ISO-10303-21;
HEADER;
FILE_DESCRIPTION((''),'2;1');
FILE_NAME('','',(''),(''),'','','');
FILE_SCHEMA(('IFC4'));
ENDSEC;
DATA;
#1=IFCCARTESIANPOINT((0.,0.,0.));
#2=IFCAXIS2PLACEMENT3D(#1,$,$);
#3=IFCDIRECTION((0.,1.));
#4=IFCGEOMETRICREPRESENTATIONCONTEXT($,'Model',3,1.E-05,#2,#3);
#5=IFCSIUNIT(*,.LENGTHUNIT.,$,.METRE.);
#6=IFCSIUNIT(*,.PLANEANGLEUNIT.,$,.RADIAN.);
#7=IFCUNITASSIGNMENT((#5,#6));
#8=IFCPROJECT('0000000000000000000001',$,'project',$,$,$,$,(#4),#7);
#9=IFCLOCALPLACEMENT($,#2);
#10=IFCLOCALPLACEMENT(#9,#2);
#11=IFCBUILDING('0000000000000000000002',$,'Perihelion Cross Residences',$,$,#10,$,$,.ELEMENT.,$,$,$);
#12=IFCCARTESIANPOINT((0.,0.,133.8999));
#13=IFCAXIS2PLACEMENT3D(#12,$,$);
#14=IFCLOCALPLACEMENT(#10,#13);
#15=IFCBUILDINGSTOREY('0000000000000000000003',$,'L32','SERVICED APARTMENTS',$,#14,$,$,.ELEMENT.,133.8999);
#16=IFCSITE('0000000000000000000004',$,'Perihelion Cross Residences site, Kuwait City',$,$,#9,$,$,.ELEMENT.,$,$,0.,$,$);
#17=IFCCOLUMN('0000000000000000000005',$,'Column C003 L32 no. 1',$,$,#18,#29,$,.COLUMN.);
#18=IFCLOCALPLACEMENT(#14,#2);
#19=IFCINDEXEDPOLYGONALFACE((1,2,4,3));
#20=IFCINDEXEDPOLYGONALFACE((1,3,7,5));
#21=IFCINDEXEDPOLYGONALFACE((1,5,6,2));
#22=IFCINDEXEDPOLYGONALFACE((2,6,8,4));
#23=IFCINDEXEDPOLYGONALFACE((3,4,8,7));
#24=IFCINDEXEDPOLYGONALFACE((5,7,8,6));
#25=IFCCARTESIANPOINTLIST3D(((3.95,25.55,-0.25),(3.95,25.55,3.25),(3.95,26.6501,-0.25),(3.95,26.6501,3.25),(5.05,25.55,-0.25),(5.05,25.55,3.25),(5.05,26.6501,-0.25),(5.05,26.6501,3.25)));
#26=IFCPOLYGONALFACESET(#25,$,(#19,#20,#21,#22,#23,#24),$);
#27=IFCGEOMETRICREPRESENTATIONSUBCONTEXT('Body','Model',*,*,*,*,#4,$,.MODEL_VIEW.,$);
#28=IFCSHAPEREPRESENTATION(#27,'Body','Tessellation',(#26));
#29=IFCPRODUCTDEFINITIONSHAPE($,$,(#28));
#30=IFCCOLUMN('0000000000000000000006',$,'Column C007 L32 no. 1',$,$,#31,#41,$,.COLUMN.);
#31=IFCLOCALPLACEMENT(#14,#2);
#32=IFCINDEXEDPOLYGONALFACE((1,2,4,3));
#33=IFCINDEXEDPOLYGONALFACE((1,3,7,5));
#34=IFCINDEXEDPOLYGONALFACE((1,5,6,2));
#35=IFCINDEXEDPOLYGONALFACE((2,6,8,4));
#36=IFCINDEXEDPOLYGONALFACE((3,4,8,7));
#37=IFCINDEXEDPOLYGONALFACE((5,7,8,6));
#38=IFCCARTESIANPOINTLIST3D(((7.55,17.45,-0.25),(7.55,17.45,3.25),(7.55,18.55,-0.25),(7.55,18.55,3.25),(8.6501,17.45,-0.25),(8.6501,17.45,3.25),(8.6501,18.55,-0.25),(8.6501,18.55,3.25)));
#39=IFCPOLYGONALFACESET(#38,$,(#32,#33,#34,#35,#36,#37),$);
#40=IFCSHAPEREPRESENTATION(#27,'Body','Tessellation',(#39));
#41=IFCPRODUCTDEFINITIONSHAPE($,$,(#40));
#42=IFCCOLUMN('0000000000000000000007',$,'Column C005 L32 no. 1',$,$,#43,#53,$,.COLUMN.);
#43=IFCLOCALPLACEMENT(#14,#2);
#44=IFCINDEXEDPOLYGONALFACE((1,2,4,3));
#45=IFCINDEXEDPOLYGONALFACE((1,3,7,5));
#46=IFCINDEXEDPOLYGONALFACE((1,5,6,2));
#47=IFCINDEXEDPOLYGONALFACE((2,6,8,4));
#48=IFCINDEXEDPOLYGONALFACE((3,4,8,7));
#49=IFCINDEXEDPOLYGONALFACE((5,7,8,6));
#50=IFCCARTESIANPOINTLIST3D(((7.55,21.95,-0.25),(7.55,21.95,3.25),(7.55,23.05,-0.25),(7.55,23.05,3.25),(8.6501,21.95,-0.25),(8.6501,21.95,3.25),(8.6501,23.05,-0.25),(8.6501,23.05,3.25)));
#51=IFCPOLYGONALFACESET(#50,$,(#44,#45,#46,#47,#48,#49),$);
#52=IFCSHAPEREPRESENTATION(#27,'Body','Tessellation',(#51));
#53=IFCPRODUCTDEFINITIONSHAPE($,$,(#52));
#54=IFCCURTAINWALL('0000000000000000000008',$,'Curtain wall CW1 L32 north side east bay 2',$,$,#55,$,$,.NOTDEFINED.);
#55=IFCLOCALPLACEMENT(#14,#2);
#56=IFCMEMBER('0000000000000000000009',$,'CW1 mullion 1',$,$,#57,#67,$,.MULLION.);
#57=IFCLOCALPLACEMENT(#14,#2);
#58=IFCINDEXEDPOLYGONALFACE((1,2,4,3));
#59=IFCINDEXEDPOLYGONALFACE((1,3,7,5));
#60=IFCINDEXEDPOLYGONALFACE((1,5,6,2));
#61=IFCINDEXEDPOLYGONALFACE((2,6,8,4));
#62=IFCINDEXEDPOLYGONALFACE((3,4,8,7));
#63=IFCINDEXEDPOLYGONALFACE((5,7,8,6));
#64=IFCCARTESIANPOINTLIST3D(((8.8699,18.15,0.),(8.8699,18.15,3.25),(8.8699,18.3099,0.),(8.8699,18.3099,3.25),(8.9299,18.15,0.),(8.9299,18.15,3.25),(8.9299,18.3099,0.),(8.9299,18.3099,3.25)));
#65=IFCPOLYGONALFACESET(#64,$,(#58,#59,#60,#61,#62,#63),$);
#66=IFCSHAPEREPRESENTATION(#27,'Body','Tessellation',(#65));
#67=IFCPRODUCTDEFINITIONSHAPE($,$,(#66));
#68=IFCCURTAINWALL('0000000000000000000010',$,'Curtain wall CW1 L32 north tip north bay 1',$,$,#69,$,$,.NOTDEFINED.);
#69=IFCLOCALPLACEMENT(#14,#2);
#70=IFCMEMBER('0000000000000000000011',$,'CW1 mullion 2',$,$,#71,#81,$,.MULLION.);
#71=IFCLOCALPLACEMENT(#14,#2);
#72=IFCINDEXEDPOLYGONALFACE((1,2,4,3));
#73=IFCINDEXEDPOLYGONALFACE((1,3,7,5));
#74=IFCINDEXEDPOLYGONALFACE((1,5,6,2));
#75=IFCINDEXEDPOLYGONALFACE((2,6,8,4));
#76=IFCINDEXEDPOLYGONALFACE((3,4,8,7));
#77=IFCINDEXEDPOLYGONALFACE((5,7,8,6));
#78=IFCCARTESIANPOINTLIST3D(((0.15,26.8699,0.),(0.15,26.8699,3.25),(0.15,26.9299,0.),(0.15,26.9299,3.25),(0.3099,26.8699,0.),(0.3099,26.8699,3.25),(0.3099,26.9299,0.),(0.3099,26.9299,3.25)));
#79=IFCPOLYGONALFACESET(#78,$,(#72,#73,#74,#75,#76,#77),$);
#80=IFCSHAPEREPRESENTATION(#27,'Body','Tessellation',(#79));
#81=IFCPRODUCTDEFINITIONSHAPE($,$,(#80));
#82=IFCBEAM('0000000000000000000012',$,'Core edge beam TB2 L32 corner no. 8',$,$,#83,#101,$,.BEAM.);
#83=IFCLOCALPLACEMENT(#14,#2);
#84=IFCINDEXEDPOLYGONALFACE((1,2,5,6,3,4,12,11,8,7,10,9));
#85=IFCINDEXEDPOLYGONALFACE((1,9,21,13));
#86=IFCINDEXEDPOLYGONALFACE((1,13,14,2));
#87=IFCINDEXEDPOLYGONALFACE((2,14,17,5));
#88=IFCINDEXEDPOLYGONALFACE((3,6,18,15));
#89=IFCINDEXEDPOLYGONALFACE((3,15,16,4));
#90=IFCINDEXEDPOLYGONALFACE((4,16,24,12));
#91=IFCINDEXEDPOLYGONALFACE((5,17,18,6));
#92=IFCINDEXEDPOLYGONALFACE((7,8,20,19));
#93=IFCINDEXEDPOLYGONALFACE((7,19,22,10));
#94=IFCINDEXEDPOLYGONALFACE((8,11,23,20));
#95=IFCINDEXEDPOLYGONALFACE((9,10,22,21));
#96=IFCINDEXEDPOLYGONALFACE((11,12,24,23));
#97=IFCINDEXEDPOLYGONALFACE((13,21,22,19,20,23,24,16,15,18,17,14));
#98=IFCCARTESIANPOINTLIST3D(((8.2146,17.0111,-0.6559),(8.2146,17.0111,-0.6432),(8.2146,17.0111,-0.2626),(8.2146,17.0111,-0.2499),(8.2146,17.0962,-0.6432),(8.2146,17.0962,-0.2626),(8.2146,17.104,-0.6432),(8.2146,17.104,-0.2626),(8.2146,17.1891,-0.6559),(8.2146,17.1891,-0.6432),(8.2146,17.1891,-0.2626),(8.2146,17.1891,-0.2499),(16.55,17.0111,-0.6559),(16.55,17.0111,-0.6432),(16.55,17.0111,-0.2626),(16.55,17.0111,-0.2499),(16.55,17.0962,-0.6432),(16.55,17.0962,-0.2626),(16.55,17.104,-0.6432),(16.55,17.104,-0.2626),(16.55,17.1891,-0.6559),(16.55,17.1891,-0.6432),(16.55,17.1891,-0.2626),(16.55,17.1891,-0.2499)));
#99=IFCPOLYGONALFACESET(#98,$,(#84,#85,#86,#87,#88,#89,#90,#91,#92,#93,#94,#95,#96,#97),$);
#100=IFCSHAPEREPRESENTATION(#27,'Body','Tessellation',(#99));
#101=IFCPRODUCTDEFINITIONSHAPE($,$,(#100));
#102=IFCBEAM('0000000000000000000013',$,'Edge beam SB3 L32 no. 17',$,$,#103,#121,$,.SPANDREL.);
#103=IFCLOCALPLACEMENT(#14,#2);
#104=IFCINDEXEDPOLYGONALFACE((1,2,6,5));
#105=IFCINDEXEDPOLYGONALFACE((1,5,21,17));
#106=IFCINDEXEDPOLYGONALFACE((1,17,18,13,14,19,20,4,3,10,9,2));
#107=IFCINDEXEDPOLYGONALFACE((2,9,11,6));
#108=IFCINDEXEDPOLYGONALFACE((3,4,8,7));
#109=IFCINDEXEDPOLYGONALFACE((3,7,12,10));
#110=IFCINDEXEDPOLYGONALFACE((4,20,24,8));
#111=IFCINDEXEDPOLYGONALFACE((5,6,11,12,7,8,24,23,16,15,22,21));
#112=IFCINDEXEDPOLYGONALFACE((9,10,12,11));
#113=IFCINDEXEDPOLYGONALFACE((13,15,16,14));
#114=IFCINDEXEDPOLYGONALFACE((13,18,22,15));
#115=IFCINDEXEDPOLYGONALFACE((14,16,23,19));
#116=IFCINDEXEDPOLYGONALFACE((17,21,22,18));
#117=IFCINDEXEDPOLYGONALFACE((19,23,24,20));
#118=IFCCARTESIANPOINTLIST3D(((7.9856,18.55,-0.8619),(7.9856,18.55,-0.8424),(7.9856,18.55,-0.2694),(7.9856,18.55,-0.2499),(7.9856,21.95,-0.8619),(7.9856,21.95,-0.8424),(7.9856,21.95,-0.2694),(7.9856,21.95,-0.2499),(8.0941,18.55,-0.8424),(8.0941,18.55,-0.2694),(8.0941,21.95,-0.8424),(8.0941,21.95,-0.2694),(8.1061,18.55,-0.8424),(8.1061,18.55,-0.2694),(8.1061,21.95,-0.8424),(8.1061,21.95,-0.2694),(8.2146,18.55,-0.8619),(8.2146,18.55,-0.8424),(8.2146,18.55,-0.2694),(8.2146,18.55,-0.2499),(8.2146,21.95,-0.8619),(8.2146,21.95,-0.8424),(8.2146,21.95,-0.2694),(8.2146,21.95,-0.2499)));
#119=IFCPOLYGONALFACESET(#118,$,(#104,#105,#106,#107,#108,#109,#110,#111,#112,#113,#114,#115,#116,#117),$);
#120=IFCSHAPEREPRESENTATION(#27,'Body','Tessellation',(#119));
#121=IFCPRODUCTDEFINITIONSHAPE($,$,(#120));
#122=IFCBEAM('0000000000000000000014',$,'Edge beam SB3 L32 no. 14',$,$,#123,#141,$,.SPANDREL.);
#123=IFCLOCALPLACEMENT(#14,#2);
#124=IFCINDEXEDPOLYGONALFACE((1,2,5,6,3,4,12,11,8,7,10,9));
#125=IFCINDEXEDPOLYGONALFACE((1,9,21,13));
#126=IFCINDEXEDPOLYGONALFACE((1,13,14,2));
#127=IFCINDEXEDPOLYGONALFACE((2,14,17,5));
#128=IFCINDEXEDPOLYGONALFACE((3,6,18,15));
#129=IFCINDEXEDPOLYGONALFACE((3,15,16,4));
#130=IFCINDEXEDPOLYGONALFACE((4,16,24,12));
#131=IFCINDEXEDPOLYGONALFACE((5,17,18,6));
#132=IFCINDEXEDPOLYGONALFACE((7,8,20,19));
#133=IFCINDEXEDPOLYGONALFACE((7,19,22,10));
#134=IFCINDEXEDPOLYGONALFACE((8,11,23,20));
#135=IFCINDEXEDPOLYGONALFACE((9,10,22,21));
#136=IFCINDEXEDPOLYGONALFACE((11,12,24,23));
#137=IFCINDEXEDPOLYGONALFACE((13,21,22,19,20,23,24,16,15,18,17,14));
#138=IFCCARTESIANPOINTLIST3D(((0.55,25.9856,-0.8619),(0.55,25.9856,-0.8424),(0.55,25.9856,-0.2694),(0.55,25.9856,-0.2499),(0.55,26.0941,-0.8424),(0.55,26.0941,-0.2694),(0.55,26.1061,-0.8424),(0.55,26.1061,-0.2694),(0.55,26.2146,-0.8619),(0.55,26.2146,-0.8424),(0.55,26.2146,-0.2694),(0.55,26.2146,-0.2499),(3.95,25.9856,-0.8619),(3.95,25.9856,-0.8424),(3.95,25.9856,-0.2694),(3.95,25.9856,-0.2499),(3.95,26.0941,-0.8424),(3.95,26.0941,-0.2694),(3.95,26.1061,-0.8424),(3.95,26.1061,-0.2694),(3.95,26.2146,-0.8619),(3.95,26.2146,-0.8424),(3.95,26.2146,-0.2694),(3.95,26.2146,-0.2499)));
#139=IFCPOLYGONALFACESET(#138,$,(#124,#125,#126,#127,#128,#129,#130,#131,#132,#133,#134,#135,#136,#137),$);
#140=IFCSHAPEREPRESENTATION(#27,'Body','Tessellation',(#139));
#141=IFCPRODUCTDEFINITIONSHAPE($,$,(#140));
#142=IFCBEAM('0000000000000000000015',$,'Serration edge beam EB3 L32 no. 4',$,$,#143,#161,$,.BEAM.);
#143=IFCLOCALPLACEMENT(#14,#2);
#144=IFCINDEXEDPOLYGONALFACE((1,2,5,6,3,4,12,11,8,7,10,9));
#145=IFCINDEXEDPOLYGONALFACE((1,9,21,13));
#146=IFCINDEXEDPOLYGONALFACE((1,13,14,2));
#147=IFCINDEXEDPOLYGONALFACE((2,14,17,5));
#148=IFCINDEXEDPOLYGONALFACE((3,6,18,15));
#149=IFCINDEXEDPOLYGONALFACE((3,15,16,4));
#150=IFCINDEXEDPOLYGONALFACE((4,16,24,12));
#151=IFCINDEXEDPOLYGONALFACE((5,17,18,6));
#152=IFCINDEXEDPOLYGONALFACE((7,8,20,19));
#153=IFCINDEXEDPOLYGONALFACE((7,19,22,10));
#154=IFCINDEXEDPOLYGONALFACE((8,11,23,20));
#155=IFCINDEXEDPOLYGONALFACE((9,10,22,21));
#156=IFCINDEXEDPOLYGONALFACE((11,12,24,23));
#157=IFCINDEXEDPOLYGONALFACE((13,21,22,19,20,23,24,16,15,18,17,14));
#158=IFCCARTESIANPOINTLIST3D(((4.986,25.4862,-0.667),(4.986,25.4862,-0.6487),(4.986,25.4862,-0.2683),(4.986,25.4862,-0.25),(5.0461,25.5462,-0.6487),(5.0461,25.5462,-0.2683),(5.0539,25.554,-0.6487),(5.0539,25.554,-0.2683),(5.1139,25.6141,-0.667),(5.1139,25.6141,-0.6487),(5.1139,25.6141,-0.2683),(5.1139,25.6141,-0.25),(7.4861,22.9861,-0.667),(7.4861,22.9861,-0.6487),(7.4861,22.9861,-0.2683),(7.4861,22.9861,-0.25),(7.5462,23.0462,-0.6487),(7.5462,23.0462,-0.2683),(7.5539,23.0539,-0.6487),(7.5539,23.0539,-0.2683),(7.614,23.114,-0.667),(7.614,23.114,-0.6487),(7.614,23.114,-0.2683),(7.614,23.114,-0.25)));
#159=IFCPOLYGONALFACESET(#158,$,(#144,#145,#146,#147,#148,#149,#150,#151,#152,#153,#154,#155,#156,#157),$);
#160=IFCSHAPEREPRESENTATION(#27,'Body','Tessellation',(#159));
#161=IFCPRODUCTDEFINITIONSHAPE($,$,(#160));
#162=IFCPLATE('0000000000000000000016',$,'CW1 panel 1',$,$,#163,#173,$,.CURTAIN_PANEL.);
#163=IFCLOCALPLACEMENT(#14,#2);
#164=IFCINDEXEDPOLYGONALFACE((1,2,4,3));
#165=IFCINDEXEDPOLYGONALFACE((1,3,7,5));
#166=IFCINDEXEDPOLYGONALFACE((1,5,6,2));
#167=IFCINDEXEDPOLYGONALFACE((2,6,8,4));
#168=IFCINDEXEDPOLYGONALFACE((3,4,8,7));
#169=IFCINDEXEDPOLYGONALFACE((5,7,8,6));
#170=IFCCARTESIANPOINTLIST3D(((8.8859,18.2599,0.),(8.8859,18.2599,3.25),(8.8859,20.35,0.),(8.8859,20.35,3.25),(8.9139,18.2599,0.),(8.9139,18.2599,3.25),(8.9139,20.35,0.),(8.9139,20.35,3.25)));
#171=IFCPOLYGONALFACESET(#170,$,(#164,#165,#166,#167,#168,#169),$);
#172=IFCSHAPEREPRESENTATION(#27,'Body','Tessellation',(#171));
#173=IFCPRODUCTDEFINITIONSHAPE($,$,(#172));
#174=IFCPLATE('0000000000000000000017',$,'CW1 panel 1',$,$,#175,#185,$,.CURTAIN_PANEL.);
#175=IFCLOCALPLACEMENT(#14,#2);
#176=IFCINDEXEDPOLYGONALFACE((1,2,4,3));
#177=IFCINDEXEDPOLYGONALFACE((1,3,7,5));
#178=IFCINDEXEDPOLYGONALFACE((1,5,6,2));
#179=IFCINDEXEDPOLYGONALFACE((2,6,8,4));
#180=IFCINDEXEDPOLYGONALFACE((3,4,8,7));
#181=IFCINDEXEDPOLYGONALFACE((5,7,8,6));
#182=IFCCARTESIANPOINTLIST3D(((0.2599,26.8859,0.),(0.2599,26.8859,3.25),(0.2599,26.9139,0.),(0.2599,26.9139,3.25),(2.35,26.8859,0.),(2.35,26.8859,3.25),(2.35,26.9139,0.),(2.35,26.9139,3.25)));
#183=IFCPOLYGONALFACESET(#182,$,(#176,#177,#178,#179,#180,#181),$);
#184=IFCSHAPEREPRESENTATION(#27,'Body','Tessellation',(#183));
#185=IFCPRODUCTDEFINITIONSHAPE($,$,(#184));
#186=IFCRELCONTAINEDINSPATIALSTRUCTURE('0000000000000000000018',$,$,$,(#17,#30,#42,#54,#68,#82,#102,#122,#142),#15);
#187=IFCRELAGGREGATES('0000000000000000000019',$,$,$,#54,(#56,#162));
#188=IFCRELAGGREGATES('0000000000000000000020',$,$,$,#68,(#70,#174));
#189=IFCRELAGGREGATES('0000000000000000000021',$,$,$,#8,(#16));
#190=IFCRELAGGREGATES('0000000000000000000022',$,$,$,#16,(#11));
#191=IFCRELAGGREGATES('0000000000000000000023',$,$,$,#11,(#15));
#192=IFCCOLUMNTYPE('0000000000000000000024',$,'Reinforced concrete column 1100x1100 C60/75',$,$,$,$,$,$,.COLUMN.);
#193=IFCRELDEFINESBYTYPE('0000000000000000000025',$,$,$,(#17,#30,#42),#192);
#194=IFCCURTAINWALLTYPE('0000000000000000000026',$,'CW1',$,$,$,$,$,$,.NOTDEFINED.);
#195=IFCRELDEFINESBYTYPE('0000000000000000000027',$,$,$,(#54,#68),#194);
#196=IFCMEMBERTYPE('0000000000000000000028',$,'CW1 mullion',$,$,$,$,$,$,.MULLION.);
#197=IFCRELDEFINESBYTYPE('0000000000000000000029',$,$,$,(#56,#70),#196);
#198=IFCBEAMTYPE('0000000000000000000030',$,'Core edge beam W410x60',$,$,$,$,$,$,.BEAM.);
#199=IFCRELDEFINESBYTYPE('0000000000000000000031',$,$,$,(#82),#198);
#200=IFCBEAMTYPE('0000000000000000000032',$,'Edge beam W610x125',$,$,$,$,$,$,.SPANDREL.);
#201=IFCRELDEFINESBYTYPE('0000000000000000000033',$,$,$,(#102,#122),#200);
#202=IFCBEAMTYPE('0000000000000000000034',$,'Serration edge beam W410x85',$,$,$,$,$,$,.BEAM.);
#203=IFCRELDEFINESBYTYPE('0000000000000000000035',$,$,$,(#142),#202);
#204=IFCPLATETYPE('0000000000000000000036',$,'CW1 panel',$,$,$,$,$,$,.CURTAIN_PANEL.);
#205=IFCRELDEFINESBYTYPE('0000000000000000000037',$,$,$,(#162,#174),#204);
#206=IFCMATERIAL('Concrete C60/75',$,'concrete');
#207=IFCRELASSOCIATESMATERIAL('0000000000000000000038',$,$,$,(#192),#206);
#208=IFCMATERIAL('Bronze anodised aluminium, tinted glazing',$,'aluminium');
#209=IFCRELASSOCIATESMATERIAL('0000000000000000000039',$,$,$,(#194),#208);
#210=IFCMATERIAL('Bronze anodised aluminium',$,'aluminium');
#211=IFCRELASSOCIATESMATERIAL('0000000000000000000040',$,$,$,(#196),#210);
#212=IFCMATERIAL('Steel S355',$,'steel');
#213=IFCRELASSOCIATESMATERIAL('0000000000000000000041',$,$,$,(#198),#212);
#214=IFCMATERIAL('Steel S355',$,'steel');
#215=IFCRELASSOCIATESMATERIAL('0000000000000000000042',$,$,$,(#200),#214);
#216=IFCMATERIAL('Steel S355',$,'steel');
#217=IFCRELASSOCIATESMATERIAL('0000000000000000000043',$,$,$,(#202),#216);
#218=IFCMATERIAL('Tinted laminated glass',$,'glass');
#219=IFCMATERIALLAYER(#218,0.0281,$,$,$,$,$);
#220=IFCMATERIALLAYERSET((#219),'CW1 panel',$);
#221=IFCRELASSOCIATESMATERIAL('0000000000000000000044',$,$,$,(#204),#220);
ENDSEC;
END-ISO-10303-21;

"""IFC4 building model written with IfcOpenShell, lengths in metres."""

from ifc_helpers import new_model, si_unit, direction, frame, origin, origin_2d, place, context, subcontext, project, spatial, rectangle, i_section, extrude, material, layer, layer_set, material_profile, profile_set, type_object, element, aggregate, save


model = new_model("IFC4")

# Units and contexts
model_context = context("Model", 3, precision=1e-05, world=origin(), true_north=direction((0.0, 1.0)))
body_context = subcontext(model_context, "Body", "Model", "MODEL_VIEW")
ifc_project = project(units=[si_unit("LENGTHUNIT", "METRE"), si_unit("PLANEANGLEUNIT", "RADIAN")], contexts=[model_context])

# Site, building, storey
site_placement = place(None, origin())
site = spatial("IfcSite", under=ifc_project, at=site_placement, Name="Perihelion Cross Residences site, Kuwait City", CompositionType="ELEMENT", RefElevation=0.0)
building_placement = place(site_placement, origin())
building = spatial("IfcBuilding", under=site, at=building_placement, Name="Perihelion Cross Residences", CompositionType="ELEMENT")
storey_placement = place(building_placement, frame((0.0, 0.0, 133.8999)))
storey = spatial("IfcBuildingStorey", under=building, at=storey_placement, Name="L32", Description="SERVICED APARTMENTS", CompositionType="ELEMENT", Elevation=133.8999)

# Columns
ifc_material_1 = material(Name="Concrete C60/75", Category="concrete")
ifc_material_profile_1 = material_profile(ifc_material_1, rectangle(XDim=1.1001, YDim=1.1001, at=origin_2d()), Name="RC 1100x1100")
ifc_profile_set_1 = profile_set([ifc_material_profile_1], Name="Concrete C60/75")
column_type = type_object("IfcColumnType", Name="Reinforced concrete column 1100x1100 C60/75", PredefinedType="COLUMN", material=ifc_profile_set_1)
for number, where, z_axis, x_axis, name in (
    (1, (4.5, 26.1001, -0.25), (0.0, 0.0, 1.0), (1.0, 0.0, 0.0), "Column C003 L32 no. 1"),
    (2, (8.1001, 18.0, -0.25), (0.0, 0.0, 1.0), (1.0, 0.0, 0.0), "Column C007 L32 no. 1"),
    (3, (8.1001, 22.5, -0.25), (0.0, 0.0, 1.0), (1.0, 0.0, 0.0), "Column C005 L32 no. 1"),
):
    element("IfcColumn", number, at=place(storey_placement, frame(where, z_axis=z_axis, x_axis=x_axis)), inside=storey, type_object=column_type, Name=name, PredefinedType="COLUMN", context=body_context, shape_type="SweptSolid", body=[
        extrude(rectangle(XDim=1.1001, YDim=1.1001, at=origin_2d()), origin(), (0.0, 0.0, 1.0), 3.5),
    ])

# Curtain walls, members
ifc_material_2 = material(Name="Bronze anodised aluminium, tinted glazing", Category="aluminium")
curtain_wall_type = type_object("IfcCurtainWallType", Name="CW1", PredefinedType="NOTDEFINED", material=ifc_material_2)
curtain_wall_1_placement = place(storey_placement, origin())
curtain_wall_1 = element("IfcCurtainWall", 4, at=curtain_wall_1_placement, inside=storey, type_object=curtain_wall_type, Name="Curtain wall CW1 L32 north side east bay 2", PredefinedType="NOTDEFINED")
ifc_material_3 = material(Name="Bronze anodised aluminium", Category="aluminium")
ifc_material_profile_2 = material_profile(ifc_material_3, rectangle(XDim=0.0601, YDim=0.1599, at=origin_2d()), Name="CW1 mullion")
ifc_profile_set_2 = profile_set([ifc_material_profile_2], Name="Bronze anodised aluminium")
member_type = type_object("IfcMemberType", Name="CW1 mullion", PredefinedType="MULLION", material=ifc_profile_set_2)
member_1_placement = place(storey_placement, frame((8.8999, 18.23, 0.0), z_axis=(0.0, 0.0, 1.0), x_axis=(-1.0, 0.0, 0.0)))
member_1 = element("IfcMember", 5, at=member_1_placement, type_object=member_type, Name="CW1 mullion 1", PredefinedType="MULLION", context=body_context, shape_type="SweptSolid", body=[
    extrude(rectangle(XDim=0.0601, YDim=0.1599, at=origin_2d()), origin(), (0.0, 0.0, 1.0), 3.25),
])
curtain_wall_2_placement = place(storey_placement, origin())
curtain_wall_2 = element("IfcCurtainWall", 6, at=curtain_wall_2_placement, inside=storey, type_object=curtain_wall_type, Name="Curtain wall CW1 L32 north tip north bay 1", PredefinedType="NOTDEFINED")
member_2_placement = place(storey_placement, frame((0.23, 26.8999, 0.0), z_axis=(0.0, 0.0, 1.0), x_axis=(0.0, -1.0, 0.0)))
member_2 = element("IfcMember", 7, at=member_2_placement, type_object=member_type, Name="CW1 mullion 2", PredefinedType="MULLION", context=body_context, shape_type="SweptSolid", body=[
    extrude(rectangle(XDim=0.0601, YDim=0.1599, at=origin_2d()), origin(), (0.0, 0.0, 1.0), 3.25),
])

# Beams
ifc_material_4 = material(Name="Steel S355", Category="steel")
ifc_material_profile_3 = material_profile(ifc_material_4, i_section(OverallWidth=0.178, OverallDepth=0.406, WebThickness=0.0078, FlangeThickness=0.0127, at=origin_2d()), Name="W410x60")
ifc_profile_set_3 = profile_set([ifc_material_profile_3], Name="Steel S355")
beam_type_1 = type_object("IfcBeamType", Name="Core edge beam W410x60", PredefinedType="BEAM", material=ifc_profile_set_3)
beam_1_placement = place(storey_placement, frame((8.2146, 17.1001, -0.4529), z_axis=(1.0, 0.0, 0.0), x_axis=(0.0, 1.0, 0.0)))
element("IfcBeam", 8, at=beam_1_placement, inside=storey, type_object=beam_type_1, Name="Core edge beam TB2 L32 corner no. 8", PredefinedType="BEAM", context=body_context, shape_type="SweptSolid", body=[
    extrude(i_section(OverallWidth=0.178, OverallDepth=0.406, WebThickness=0.0078, FlangeThickness=0.0127, at=origin_2d()), origin(), (0.0, 0.0, 1.0), 8.3354),
])
ifc_material_5 = material(Name="Steel S355", Category="steel")
ifc_material_profile_4 = material_profile(ifc_material_5, i_section(OverallWidth=0.229, OverallDepth=0.6121, WebThickness=0.012, FlangeThickness=0.0195, at=origin_2d()), Name="W610x125")
ifc_profile_set_4 = profile_set([ifc_material_profile_4], Name="Steel S355")
beam_type_2 = type_object("IfcBeamType", Name="Edge beam W610x125", PredefinedType="SPANDREL", material=ifc_profile_set_4)
for number, where, z_axis, x_axis, name in (
    (9, (8.1001, 18.55, -0.5559), (0.0, 1.0, 0.0), (-1.0, 0.0, 0.0), "Edge beam SB3 L32 no. 17"),
    (10, (3.95, 26.1001, -0.5559), (-1.0, 0.0, 0.0), (0.0, -1.0, 0.0), "Edge beam SB3 L32 no. 14"),
):
    element("IfcBeam", number, at=place(storey_placement, frame(where, z_axis=z_axis, x_axis=x_axis)), inside=storey, type_object=beam_type_2, Name=name, PredefinedType="SPANDREL", context=body_context, shape_type="SweptSolid", body=[
        extrude(i_section(OverallWidth=0.229, OverallDepth=0.6121, WebThickness=0.012, FlangeThickness=0.0195, at=origin_2d()), origin(), (0.0, 0.0, 1.0), 3.3999),
    ])
ifc_material_6 = material(Name="Steel S355", Category="steel")
ifc_material_profile_5 = material_profile(ifc_material_6, i_section(OverallWidth=0.1809, OverallDepth=0.417, WebThickness=0.011, FlangeThickness=0.0183, at=origin_2d()), Name="W410x85")
ifc_profile_set_5 = profile_set([ifc_material_profile_5], Name="Steel S355")
beam_type_3 = type_object("IfcBeamType", Name="Serration edge beam W410x85", PredefinedType="BEAM", material=ifc_profile_set_5)
beam_2_placement = place(storey_placement, frame((7.55, 23.05, -0.4585), z_axis=(-0.707107, 0.707107, 0.0), x_axis=(-0.707107, -0.707107, 0.0)))
element("IfcBeam", 11, at=beam_2_placement, inside=storey, type_object=beam_type_3, Name="Serration edge beam EB3 L32 no. 4", PredefinedType="BEAM", context=body_context, shape_type="SweptSolid", body=[
    extrude(i_section(OverallWidth=0.1809, OverallDepth=0.417, WebThickness=0.011, FlangeThickness=0.0183, at=origin_2d()), origin(), (0.0, 0.0, 1.0), 3.5356),
])

# Plates
ifc_material_7 = material(Name="Tinted laminated glass", Category="glass")
ifc_layer_1 = layer(ifc_material_7, 0.0281)
ifc_layer_set_1 = layer_set([ifc_layer_1], Name="CW1 panel")
plate_type = type_object("IfcPlateType", Name="CW1 panel", PredefinedType="CURTAIN_PANEL", material=ifc_layer_set_1)
plate_1_placement = place(storey_placement, frame((8.8999, 19.3049, 0.0), z_axis=(0.0, 0.0, 1.0), x_axis=(0.0, 1.0, 0.0)))
plate_1 = element("IfcPlate", 12, at=plate_1_placement, type_object=plate_type, Name="CW1 panel 1", PredefinedType="CURTAIN_PANEL", context=body_context, shape_type="SweptSolid", body=[
    extrude(rectangle(XDim=2.0901, YDim=0.0281, at=origin_2d()), origin(), (0.0, 0.0, 1.0), 3.25),
])
aggregate(curtain_wall_1, [member_1, plate_1])
plate_2_placement = place(storey_placement, frame((1.3049, 26.8999, 0.0), z_axis=(0.0, 0.0, 1.0), x_axis=(-1.0, 0.0, 0.0)))
plate_2 = element("IfcPlate", 13, at=plate_2_placement, type_object=plate_type, Name="CW1 panel 1", PredefinedType="CURTAIN_PANEL", context=body_context, shape_type="SweptSolid", body=[
    extrude(rectangle(XDim=2.0901, YDim=0.0281, at=origin_2d()), origin(), (0.0, 0.0, 1.0), 3.25),
])
aggregate(curtain_wall_2, [member_2, plate_2])

save(model, "model.ifc")
